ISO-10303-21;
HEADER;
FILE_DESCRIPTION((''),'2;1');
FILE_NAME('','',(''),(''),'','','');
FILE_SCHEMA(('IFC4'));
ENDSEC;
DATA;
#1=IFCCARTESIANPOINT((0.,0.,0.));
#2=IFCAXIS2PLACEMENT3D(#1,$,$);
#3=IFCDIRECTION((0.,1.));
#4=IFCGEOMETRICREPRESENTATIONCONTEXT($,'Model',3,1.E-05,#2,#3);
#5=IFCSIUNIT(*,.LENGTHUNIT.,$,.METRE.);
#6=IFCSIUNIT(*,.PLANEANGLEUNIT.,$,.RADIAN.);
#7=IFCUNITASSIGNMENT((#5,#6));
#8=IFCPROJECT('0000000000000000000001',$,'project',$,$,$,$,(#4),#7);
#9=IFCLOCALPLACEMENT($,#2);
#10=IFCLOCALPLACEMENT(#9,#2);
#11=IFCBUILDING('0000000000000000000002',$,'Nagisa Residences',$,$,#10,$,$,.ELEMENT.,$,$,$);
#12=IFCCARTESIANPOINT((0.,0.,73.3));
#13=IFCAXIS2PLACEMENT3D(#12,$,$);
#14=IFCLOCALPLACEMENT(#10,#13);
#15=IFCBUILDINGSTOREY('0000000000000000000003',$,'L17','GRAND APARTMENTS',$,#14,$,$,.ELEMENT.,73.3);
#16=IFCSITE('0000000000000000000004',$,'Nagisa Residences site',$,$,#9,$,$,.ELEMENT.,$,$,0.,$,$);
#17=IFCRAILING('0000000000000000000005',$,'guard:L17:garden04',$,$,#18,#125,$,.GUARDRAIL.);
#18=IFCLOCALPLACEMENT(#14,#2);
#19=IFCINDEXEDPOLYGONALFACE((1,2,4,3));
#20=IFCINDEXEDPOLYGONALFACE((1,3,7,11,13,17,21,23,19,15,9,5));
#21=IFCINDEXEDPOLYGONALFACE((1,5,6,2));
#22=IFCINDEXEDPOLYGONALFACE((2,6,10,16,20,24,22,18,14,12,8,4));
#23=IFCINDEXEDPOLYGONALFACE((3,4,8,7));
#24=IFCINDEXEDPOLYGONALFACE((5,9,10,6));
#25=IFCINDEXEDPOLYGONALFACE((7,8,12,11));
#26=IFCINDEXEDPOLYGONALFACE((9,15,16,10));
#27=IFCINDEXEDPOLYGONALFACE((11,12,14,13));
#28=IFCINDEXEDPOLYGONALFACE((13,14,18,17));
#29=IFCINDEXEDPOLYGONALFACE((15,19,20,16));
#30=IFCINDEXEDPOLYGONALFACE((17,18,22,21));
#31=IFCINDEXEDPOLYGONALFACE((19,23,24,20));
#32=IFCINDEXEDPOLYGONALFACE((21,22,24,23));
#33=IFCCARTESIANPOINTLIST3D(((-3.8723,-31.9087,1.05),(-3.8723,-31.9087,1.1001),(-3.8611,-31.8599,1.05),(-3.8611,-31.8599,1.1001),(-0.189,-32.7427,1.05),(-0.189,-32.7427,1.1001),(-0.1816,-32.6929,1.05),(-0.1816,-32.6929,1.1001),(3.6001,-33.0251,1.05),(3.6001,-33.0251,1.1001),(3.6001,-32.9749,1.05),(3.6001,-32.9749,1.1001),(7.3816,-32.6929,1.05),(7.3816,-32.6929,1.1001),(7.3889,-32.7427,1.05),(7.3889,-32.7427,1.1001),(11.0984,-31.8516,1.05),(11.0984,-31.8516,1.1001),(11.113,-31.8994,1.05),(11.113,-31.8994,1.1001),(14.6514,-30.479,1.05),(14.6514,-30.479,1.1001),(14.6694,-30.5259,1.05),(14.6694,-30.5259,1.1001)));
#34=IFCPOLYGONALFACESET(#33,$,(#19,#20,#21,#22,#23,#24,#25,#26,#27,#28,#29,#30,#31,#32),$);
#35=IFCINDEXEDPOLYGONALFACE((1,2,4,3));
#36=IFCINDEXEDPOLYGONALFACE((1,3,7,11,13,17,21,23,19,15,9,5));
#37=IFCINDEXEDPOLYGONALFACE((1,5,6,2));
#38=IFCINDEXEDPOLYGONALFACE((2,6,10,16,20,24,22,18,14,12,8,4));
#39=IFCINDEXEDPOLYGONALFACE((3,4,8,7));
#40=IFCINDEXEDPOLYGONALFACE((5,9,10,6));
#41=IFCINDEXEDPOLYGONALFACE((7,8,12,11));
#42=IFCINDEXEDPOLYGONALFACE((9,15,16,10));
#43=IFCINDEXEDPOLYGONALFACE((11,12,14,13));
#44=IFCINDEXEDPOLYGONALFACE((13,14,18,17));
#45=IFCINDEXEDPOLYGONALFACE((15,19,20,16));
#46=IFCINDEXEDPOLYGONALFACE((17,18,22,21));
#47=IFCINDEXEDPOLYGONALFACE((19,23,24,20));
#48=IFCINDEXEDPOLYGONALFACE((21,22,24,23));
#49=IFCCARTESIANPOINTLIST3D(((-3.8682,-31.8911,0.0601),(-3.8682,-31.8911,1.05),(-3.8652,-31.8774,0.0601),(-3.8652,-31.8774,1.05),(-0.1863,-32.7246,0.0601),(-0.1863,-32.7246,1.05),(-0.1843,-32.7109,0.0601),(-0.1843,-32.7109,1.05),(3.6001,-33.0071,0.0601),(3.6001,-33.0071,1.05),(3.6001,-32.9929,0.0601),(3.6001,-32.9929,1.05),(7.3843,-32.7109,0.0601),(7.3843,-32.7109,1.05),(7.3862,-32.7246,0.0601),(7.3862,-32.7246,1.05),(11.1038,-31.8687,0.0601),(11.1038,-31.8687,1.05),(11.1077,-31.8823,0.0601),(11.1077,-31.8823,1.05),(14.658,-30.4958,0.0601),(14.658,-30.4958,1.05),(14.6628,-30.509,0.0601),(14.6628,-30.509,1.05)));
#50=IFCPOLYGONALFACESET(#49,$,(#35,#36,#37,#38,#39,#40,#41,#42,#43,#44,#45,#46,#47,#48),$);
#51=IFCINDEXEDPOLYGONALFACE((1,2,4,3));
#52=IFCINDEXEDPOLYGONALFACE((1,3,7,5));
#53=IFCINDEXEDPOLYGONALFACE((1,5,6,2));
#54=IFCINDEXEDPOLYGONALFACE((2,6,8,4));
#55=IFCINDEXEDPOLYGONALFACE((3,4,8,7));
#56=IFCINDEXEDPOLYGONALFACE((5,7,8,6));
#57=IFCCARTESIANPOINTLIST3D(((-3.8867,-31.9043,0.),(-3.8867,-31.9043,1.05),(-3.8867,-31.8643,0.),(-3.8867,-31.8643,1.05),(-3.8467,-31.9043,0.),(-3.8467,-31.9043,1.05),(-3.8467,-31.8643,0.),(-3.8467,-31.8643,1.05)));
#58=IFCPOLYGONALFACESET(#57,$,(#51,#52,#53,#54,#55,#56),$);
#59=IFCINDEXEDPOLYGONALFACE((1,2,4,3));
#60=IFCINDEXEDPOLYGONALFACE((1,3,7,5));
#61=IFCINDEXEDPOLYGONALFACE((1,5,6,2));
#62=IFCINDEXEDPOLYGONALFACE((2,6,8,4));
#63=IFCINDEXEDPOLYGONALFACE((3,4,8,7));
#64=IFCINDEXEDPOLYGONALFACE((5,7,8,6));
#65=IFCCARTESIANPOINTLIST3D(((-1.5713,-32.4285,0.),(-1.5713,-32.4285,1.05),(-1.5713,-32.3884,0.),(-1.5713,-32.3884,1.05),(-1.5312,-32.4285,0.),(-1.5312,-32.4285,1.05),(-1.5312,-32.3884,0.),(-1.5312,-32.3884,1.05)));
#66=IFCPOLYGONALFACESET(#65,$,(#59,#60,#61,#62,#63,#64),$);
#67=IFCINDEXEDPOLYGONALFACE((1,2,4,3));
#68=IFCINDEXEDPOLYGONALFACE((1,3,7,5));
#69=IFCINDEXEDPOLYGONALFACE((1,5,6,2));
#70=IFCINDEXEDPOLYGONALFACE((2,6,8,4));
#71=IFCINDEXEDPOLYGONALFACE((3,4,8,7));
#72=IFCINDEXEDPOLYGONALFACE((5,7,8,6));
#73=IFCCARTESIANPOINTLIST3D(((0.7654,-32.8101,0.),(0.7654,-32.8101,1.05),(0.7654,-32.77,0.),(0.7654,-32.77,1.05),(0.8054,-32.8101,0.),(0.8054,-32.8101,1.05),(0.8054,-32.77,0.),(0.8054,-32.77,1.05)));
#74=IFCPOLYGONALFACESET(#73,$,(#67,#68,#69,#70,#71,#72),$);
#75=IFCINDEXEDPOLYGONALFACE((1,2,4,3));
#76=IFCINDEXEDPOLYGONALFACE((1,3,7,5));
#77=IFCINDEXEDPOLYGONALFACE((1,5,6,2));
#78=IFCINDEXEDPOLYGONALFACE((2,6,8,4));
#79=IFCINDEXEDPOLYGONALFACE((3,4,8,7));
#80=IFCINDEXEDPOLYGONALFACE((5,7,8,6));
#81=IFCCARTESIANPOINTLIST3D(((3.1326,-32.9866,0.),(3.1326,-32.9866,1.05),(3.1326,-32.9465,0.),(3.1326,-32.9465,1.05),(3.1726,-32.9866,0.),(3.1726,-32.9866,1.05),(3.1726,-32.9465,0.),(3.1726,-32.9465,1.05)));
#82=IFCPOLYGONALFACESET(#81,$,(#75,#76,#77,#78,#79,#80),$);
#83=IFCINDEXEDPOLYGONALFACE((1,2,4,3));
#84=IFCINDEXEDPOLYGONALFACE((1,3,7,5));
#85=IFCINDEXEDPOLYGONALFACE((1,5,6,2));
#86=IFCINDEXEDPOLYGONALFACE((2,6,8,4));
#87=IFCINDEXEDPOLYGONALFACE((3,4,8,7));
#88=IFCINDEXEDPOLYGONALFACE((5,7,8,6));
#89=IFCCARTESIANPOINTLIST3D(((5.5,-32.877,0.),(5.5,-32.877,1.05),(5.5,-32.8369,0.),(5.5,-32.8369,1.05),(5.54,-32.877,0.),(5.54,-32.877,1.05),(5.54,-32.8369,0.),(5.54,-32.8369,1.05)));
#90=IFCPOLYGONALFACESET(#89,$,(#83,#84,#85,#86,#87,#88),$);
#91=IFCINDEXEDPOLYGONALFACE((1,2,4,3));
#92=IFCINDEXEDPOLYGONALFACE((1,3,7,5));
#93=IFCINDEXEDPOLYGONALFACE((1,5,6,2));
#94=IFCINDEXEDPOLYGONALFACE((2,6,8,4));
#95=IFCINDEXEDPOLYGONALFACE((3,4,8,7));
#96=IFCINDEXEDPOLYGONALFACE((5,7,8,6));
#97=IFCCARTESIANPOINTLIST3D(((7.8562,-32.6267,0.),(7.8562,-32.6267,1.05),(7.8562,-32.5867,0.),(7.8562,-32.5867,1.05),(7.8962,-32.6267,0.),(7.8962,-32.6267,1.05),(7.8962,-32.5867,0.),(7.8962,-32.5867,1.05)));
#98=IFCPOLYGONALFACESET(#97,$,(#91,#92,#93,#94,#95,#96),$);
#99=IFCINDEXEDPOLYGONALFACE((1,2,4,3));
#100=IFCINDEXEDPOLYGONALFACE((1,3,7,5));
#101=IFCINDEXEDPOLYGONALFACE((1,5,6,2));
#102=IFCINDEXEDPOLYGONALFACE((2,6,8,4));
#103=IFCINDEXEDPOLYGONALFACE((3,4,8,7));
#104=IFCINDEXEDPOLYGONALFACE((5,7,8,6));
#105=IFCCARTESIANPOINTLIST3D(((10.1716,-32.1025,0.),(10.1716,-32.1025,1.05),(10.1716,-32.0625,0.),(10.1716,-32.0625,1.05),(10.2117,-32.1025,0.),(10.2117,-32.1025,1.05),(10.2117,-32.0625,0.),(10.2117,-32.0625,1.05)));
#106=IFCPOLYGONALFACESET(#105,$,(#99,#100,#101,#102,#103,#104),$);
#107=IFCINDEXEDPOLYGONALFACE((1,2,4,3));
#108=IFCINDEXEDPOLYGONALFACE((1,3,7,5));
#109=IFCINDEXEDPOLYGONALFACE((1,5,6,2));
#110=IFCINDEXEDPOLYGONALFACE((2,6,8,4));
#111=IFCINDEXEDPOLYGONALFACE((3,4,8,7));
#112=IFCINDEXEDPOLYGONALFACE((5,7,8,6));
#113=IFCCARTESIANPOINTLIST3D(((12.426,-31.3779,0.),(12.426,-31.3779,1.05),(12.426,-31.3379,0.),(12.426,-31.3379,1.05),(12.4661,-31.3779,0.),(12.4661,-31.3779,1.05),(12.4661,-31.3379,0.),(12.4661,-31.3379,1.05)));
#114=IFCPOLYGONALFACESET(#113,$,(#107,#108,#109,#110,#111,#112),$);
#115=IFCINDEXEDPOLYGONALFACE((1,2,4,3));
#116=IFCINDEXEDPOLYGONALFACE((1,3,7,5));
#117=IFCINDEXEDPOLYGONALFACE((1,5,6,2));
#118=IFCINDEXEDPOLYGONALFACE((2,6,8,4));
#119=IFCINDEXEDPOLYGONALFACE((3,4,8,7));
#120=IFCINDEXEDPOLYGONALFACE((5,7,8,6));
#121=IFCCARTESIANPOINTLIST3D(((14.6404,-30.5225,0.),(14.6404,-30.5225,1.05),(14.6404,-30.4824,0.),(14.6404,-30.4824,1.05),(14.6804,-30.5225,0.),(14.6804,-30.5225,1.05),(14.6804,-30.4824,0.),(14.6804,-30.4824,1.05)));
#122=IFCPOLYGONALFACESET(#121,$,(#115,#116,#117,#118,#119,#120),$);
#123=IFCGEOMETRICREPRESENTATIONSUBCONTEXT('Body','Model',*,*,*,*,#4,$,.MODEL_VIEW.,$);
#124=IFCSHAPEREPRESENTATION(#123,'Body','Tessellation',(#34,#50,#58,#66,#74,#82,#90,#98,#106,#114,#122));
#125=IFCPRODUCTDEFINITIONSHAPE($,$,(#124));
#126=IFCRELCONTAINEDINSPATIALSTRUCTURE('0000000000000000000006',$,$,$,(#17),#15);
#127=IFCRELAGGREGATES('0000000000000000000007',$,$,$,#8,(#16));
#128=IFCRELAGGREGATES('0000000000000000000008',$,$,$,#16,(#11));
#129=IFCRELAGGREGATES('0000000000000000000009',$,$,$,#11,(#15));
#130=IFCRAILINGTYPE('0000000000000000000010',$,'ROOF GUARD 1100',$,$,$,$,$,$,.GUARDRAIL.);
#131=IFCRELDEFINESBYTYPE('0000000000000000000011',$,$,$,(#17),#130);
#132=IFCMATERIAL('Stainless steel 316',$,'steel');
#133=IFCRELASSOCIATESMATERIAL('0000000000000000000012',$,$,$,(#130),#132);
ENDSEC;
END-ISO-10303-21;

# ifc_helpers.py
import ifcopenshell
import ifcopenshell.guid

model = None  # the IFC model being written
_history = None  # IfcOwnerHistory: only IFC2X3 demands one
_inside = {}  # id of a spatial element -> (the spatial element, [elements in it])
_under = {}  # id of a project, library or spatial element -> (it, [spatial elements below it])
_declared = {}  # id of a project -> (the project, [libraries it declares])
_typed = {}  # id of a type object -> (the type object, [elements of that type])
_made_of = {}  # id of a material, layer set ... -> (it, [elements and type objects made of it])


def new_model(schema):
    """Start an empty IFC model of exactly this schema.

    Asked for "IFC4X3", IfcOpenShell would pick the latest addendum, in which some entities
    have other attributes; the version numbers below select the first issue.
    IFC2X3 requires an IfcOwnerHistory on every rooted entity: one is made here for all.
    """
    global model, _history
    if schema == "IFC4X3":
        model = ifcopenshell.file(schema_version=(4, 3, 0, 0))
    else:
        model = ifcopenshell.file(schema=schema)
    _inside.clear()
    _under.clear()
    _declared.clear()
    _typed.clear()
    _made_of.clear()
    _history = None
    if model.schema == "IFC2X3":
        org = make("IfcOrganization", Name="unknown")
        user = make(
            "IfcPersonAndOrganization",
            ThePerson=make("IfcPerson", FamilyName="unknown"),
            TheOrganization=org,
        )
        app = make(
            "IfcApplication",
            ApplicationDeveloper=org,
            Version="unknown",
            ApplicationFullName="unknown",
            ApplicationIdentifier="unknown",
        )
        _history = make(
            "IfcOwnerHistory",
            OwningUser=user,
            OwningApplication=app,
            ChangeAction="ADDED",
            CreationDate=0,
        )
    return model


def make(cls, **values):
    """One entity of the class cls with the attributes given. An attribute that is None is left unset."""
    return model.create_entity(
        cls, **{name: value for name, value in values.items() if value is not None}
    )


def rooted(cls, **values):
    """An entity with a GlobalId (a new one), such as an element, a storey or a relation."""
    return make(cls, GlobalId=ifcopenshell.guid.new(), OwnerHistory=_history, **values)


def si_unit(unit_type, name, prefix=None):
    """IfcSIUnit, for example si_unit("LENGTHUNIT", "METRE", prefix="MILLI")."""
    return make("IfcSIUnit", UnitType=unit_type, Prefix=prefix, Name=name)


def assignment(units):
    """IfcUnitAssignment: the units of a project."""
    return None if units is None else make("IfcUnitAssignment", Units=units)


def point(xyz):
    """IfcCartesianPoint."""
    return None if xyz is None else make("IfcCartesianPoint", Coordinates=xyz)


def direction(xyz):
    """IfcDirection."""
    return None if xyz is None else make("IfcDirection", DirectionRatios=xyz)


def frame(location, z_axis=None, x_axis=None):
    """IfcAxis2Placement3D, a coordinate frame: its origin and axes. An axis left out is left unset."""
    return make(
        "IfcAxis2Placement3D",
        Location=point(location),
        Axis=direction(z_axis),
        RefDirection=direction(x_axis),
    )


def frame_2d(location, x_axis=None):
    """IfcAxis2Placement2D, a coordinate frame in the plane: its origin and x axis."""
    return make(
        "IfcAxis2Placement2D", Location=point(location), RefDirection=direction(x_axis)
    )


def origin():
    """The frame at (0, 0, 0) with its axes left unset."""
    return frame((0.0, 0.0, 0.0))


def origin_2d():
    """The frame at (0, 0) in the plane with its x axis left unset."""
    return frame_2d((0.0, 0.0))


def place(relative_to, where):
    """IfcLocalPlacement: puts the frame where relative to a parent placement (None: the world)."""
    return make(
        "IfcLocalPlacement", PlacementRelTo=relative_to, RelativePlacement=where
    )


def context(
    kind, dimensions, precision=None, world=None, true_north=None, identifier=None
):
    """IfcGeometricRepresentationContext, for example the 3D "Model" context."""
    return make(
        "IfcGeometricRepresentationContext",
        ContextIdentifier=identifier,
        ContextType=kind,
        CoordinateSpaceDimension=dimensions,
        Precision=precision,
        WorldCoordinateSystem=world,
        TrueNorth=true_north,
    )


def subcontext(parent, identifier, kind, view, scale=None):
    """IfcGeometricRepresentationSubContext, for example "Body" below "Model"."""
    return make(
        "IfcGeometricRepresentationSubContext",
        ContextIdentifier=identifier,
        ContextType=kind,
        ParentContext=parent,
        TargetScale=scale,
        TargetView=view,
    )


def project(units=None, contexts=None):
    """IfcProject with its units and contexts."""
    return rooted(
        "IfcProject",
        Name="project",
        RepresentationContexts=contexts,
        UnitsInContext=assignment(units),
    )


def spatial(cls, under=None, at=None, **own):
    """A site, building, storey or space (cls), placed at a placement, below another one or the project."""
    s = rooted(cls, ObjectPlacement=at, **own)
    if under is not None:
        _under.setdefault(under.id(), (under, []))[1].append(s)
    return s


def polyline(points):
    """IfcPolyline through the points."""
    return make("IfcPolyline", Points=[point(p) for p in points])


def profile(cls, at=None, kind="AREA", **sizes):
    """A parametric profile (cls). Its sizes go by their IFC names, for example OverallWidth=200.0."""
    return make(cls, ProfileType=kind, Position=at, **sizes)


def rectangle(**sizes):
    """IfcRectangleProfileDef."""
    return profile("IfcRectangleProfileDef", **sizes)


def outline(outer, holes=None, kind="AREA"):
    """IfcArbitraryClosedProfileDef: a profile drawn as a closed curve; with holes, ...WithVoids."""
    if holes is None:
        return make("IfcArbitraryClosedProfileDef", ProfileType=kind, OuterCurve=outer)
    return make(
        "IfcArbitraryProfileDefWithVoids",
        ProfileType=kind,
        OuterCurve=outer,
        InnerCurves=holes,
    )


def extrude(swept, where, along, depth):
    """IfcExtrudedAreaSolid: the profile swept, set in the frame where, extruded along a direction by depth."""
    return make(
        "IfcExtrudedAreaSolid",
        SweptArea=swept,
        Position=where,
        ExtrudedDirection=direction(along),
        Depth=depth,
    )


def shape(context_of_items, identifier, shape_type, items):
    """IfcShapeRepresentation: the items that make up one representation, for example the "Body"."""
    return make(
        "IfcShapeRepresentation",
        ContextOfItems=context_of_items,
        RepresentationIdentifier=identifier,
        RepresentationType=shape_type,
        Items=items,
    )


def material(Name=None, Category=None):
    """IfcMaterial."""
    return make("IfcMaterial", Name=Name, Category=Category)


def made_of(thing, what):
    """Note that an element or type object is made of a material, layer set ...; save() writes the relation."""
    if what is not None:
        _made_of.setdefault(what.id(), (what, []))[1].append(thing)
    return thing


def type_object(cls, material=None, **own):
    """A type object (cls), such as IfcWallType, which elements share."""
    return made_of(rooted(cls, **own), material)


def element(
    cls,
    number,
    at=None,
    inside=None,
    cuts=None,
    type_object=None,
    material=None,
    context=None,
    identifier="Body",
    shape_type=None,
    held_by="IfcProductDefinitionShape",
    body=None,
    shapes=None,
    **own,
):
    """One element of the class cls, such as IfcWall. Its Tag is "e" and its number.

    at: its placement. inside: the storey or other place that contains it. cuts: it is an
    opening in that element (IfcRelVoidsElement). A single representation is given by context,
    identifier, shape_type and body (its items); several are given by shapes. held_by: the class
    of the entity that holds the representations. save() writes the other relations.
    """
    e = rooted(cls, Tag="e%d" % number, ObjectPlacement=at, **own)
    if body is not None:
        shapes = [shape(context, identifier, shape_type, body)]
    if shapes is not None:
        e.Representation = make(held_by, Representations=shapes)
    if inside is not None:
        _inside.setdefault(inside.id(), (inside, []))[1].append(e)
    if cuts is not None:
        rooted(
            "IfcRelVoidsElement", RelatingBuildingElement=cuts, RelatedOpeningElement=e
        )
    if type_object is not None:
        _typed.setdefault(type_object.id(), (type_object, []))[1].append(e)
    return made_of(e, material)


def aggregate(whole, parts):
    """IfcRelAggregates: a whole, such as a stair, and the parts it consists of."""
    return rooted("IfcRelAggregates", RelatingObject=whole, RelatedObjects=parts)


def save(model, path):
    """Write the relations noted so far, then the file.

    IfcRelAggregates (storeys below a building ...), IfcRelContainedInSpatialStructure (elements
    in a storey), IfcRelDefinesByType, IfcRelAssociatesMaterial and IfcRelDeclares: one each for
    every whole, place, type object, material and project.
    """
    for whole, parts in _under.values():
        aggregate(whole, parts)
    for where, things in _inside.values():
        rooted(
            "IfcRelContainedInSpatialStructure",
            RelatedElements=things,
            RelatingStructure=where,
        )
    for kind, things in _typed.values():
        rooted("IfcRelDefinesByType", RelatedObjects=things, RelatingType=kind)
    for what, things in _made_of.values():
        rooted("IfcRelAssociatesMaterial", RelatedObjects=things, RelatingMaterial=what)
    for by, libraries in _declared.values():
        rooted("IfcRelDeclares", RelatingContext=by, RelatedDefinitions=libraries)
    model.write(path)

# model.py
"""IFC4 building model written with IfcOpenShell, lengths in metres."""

from ifc_helpers import new_model, si_unit, direction, frame, origin, origin_2d, place, context, subcontext, project, spatial, polyline, rectangle, outline, extrude, material, type_object, element, save


model = new_model("IFC4")

# Units and contexts
model_context = context("Model", 3, precision=1e-05, world=origin(), true_north=direction((0.0, 1.0)))
body_context = subcontext(model_context, "Body", "Model", "MODEL_VIEW")
ifc_project = project(units=[si_unit("LENGTHUNIT", "METRE"), si_unit("PLANEANGLEUNIT", "RADIAN")], contexts=[model_context])

# Site, building, storey
site_placement = place(None, origin())
site = spatial("IfcSite", under=ifc_project, at=site_placement, Name="Nagisa Residences site", CompositionType="ELEMENT", RefElevation=0.0)
building_placement = place(site_placement, origin())
building = spatial("IfcBuilding", under=site, at=building_placement, Name="Nagisa Residences", CompositionType="ELEMENT")
storey_placement = place(building_placement, frame((0.0, 0.0, 73.3)))
storey = spatial("IfcBuildingStorey", under=building, at=storey_placement, Name="L17", Description="GRAND APARTMENTS", CompositionType="ELEMENT", Elevation=73.3)

# Railing
ifc_material_1 = material(Name="Stainless steel 316", Category="steel")
railing_type = type_object("IfcRailingType", Name="ROOF GUARD 1100", PredefinedType="GUARDRAIL", material=ifc_material_1)
railing_placement = place(storey_placement, frame((-3.8667, -31.8843, 0.0)))
element("IfcRailing", 1, at=railing_placement, inside=storey, type_object=railing_type, Name="guard:L17:garden04", PredefinedType="GUARDRAIL", context=body_context, shape_type="SweptSolid", body=[
    extrude(outline(polyline([(3.6851, -0.8086), (0.0056, 0.0244), (-0.0056, -0.0244), (3.6777, -0.8584), (7.4668, -1.1409), (11.2556, -0.8584), (14.9797, -0.0151), (18.5361, 1.3584), (18.5181, 1.4053), (14.9651, 0.0327), (11.2483, -0.8086), (7.4668, -1.0906), (3.6851, -0.8086)])), frame((0.0, 0.0, 1.05)), (0.0, 0.0, 1.0), 0.05),
    extrude(outline(polyline([(3.6824, -0.8267), (0.0015, 0.0068), (-0.0015, -0.0068), (3.6804, -0.8403), (7.4668, -1.1228), (11.2529, -0.8403), (14.9744, 0.002), (18.5295, 1.3752), (18.5247, 1.3884), (14.9705, 0.0156), (11.251, -0.8267), (7.4668, -1.1086), (3.6824, -0.8267)])), frame((0.0, 0.0, 0.0601)), (0.0, 0.0, 1.0), 0.99),
    extrude(rectangle(XDim=0.04, YDim=0.04, at=origin_2d()), origin(), (0.0, 0.0, 1.0), 1.05),
    extrude(rectangle(XDim=0.04, YDim=0.04, at=origin_2d()), frame((2.3154, -0.5242, 0.0)), (0.0, 0.0, 1.0), 1.05),
    extrude(rectangle(XDim=0.04, YDim=0.04, at=origin_2d()), frame((4.6521, -0.9058, 0.0)), (0.0, 0.0, 1.0), 1.05),
    extrude(rectangle(XDim=0.04, YDim=0.04, at=origin_2d()), frame((7.0193, -1.0823, 0.0)), (0.0, 0.0, 1.0), 1.05),
    extrude(rectangle(XDim=0.04, YDim=0.04, at=origin_2d()), frame((9.3867, -0.9727, 0.0)), (0.0, 0.0, 1.0), 1.05),
    extrude(rectangle(XDim=0.04, YDim=0.04, at=origin_2d()), frame((11.7429, -0.7224, 0.0)), (0.0, 0.0, 1.0), 1.05),
    extrude(rectangle(XDim=0.04, YDim=0.04, at=origin_2d()), frame((14.0583, -0.1982, 0.0)), (0.0, 0.0, 1.0), 1.05),
    extrude(rectangle(XDim=0.04, YDim=0.04, at=origin_2d()), frame((16.3127, 0.5264, 0.0)), (0.0, 0.0, 1.0), 1.05),
    extrude(rectangle(XDim=0.04, YDim=0.04, at=origin_2d()), frame((18.5271, 1.3818, 0.0)), (0.0, 0.0, 1.0), 1.05),
])

save(model, "model.ifc")
